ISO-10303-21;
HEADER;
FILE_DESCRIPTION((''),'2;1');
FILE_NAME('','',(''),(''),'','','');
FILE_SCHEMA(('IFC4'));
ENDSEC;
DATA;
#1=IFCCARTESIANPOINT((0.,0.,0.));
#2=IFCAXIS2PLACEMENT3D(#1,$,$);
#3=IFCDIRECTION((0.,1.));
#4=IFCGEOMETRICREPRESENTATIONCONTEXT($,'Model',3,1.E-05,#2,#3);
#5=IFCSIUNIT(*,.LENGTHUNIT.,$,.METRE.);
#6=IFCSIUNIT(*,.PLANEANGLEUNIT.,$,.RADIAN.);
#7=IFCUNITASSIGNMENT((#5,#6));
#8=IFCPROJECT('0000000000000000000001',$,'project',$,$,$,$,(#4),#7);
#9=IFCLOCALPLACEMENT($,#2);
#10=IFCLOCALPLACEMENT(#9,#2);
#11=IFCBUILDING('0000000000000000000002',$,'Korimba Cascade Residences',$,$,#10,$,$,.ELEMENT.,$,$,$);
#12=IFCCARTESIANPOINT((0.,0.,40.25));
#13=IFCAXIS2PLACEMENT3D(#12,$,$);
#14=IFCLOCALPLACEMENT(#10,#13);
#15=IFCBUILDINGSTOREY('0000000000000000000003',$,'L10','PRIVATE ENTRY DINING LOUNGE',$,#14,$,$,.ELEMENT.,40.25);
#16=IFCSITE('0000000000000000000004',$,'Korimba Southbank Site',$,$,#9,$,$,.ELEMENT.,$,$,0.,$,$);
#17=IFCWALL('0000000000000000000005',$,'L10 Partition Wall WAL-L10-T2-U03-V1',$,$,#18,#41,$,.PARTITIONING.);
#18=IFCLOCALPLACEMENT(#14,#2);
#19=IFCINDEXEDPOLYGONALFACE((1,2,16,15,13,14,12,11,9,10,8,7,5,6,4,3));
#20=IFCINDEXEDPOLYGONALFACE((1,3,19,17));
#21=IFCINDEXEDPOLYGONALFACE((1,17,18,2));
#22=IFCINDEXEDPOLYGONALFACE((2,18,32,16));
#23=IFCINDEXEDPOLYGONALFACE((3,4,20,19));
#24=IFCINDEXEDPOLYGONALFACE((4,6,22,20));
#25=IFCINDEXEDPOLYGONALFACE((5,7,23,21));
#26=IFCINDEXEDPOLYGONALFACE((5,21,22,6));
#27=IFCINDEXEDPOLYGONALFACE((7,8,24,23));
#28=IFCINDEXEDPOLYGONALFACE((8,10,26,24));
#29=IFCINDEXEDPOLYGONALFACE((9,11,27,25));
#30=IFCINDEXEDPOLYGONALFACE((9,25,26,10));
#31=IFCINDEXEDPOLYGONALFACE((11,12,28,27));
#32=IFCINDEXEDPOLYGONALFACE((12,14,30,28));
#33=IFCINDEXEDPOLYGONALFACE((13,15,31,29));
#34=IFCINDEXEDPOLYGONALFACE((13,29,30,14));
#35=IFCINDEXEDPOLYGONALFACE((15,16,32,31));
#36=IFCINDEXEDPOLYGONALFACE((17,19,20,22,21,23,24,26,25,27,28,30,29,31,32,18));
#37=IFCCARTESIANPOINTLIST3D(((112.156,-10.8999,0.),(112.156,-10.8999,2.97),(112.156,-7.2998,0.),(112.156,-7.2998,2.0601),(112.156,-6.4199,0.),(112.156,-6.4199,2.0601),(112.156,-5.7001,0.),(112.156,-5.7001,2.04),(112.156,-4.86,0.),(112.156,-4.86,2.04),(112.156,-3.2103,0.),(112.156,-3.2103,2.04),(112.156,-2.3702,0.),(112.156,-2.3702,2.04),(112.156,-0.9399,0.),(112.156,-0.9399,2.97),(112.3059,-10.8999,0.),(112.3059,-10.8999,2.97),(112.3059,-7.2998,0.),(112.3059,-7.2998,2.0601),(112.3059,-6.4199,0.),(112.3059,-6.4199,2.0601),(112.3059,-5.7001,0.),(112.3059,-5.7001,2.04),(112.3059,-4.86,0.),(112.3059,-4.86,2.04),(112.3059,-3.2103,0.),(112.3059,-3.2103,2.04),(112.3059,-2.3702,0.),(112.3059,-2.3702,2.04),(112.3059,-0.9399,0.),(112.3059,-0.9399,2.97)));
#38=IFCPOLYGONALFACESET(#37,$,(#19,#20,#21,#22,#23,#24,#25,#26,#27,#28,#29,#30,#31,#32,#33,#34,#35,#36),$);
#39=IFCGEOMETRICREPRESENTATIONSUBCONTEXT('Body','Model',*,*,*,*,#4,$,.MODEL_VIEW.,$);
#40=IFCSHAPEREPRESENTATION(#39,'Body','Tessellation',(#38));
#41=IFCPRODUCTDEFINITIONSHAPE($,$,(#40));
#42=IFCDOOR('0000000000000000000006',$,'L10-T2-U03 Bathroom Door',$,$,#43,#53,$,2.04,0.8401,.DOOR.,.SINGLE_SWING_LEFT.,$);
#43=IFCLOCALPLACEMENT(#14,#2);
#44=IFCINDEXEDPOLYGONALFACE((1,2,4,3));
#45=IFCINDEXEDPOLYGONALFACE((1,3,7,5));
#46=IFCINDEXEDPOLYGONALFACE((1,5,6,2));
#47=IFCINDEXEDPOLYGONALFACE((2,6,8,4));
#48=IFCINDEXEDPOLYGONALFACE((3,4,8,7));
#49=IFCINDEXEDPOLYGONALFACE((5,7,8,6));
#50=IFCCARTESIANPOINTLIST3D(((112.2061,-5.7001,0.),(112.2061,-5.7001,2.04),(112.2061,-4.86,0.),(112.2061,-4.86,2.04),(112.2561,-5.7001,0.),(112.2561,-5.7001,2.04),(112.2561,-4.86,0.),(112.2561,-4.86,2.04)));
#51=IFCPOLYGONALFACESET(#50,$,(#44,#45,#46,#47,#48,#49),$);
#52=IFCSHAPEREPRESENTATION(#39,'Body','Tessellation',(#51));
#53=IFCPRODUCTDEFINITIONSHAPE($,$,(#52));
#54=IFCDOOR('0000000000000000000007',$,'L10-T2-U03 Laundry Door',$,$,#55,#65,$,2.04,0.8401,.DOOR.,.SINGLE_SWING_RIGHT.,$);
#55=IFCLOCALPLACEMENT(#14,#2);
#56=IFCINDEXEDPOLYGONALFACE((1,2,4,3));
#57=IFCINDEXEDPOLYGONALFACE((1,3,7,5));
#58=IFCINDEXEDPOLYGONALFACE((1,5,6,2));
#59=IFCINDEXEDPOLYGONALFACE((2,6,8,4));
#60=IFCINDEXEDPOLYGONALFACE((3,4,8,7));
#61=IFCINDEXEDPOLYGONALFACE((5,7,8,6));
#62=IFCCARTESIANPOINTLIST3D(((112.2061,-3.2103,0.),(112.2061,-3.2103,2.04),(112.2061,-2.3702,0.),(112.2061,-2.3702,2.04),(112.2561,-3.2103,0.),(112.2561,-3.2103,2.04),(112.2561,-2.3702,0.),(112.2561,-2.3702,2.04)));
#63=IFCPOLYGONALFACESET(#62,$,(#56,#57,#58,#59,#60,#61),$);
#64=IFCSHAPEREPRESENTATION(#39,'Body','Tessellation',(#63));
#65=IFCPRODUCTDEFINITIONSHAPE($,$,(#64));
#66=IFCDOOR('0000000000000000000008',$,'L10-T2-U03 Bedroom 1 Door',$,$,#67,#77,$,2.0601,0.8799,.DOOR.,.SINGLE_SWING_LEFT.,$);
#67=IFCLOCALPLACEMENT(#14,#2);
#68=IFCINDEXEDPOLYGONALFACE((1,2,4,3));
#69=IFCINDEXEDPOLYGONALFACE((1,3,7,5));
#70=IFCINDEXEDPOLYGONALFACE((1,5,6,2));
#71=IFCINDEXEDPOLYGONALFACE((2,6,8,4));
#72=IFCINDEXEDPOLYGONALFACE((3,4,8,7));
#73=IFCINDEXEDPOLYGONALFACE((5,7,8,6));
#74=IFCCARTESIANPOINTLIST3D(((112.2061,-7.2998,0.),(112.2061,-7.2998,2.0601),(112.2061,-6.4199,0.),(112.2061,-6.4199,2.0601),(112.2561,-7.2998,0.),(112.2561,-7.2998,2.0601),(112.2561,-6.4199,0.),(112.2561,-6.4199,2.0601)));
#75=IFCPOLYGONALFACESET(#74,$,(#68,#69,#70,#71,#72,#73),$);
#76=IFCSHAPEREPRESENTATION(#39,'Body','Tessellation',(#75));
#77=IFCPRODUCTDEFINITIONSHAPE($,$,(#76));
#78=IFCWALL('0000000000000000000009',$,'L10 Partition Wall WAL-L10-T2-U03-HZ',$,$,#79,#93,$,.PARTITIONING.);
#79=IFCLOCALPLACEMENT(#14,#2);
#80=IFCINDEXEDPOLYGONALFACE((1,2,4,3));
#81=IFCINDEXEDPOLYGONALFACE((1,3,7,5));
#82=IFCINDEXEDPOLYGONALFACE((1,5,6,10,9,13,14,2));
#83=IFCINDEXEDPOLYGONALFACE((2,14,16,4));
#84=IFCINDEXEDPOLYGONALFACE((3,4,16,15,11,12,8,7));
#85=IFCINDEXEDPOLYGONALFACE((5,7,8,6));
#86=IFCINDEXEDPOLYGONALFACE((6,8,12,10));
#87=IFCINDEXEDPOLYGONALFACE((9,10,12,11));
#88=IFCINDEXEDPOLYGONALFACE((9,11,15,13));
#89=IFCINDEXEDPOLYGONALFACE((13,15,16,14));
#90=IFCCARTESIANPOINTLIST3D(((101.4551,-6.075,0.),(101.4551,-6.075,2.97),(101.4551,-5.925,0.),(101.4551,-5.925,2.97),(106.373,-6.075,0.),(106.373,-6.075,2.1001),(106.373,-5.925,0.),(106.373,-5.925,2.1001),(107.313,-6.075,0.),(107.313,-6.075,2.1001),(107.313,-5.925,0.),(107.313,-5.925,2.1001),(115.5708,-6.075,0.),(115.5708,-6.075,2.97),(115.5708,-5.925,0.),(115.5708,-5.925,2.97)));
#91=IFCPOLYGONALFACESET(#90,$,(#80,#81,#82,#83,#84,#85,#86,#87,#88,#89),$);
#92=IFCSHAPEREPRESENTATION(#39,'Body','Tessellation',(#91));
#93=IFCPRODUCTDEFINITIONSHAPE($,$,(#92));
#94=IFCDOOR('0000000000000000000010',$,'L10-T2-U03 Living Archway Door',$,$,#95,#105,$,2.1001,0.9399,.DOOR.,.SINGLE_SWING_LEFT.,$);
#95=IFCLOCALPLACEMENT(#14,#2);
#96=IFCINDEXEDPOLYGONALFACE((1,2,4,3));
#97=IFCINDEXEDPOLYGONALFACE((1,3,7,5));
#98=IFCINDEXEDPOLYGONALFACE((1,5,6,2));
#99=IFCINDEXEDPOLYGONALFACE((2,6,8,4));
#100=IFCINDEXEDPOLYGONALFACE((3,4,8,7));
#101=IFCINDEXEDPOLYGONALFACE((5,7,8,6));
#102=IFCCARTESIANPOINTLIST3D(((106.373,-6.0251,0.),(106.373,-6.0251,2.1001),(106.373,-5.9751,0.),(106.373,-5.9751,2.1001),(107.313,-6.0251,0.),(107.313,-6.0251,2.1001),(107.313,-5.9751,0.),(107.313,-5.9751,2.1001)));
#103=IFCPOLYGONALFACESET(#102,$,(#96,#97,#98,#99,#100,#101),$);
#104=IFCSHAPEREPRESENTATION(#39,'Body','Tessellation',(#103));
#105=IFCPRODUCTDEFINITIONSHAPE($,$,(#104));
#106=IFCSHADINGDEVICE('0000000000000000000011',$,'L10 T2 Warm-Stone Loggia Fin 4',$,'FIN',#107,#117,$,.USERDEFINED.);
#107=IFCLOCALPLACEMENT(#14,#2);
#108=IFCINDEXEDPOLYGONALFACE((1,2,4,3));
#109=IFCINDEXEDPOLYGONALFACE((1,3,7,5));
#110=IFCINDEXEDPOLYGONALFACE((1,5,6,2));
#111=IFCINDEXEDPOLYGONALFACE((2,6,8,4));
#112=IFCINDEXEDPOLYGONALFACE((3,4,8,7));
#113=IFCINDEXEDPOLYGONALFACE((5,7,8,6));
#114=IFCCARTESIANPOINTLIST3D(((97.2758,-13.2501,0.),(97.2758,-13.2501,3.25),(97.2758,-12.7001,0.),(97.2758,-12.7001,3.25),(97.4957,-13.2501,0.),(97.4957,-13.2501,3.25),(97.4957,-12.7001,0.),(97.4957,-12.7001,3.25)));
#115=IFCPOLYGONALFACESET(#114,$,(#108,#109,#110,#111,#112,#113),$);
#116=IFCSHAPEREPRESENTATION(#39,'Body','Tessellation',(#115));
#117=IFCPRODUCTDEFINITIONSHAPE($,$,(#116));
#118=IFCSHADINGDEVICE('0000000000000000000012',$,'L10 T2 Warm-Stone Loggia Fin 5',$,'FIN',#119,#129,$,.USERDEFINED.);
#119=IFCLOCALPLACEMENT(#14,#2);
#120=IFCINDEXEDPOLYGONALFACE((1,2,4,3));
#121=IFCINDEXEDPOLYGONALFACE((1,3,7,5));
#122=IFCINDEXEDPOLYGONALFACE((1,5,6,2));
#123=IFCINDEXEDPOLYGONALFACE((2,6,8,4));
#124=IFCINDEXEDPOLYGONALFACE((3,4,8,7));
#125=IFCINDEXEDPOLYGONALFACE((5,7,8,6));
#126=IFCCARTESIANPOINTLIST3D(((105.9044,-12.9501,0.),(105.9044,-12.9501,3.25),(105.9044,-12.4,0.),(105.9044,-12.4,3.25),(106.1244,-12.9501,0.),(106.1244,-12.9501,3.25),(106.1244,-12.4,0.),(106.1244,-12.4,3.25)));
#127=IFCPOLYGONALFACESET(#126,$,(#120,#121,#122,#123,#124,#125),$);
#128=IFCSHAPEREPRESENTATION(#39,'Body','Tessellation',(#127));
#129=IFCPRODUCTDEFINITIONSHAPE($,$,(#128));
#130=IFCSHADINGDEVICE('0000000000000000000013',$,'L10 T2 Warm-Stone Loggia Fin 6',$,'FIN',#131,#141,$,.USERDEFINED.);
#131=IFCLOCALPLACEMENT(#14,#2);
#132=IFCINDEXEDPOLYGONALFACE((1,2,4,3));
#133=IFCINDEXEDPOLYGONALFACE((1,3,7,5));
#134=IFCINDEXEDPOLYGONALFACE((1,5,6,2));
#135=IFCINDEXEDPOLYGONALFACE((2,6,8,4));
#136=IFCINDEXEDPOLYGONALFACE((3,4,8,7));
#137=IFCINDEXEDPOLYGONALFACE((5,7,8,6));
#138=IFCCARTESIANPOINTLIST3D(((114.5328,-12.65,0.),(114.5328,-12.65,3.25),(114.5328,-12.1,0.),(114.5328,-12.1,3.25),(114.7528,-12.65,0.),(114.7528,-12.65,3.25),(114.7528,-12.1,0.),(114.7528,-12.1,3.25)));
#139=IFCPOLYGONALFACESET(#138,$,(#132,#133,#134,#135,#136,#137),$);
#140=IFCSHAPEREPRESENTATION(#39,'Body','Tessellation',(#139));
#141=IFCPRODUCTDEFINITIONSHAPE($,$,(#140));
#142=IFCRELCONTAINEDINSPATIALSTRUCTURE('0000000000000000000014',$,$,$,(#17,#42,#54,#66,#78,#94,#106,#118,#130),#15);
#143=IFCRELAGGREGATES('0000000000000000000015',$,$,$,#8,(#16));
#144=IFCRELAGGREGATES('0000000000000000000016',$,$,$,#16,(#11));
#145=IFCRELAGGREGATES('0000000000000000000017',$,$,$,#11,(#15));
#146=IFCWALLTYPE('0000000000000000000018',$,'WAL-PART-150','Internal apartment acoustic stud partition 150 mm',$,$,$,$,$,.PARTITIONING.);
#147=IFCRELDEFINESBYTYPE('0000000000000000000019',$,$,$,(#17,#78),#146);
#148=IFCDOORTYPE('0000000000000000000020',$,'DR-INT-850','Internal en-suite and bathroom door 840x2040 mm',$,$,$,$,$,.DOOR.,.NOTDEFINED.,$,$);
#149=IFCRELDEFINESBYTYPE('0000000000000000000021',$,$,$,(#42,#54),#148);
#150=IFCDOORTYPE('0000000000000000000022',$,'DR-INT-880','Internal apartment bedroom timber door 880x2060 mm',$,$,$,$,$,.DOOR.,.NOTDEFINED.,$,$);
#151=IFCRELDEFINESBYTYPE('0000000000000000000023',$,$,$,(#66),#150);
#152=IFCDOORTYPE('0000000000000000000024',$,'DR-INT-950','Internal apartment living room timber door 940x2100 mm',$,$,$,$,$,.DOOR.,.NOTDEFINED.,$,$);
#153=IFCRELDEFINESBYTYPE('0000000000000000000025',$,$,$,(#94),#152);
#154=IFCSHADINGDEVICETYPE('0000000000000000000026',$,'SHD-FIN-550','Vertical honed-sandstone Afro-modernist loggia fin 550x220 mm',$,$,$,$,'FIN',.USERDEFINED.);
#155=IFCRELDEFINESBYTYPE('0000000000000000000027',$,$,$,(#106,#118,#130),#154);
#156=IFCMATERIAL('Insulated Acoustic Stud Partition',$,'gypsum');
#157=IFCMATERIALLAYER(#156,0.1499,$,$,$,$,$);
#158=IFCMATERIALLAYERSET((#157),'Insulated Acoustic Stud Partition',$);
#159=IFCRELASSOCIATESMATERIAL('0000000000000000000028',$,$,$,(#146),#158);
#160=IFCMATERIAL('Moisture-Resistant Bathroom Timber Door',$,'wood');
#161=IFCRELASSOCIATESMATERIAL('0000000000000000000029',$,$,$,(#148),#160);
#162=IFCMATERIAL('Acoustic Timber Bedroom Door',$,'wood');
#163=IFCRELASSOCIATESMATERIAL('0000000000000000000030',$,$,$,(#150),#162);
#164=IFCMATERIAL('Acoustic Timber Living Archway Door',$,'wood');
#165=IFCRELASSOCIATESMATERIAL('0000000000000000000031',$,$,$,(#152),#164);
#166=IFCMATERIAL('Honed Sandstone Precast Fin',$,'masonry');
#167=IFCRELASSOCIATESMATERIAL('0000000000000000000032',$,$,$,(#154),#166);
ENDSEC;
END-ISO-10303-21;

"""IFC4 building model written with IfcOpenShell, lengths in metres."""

from ifc_helpers import new_model, si_unit, direction, frame, frame_2d, origin, origin_2d, place, context, subcontext, project, spatial, rectangle, extrude, material, layer, layer_set, type_object, element, fill, save


model = new_model("IFC4")

# Units and contexts
model_context = context("Model", 3, precision=1e-05, world=origin(), true_north=direction((0.0, 1.0)))
body_context = subcontext(model_context, "Body", "Model", "MODEL_VIEW")
ifc_project = project(units=[si_unit("LENGTHUNIT", "METRE"), si_unit("PLANEANGLEUNIT", "RADIAN")], contexts=[model_context])

# Site, building, storey
site_placement = place(None, origin())
site = spatial("IfcSite", under=ifc_project, at=site_placement, Name="Korimba Southbank Site", CompositionType="ELEMENT", RefElevation=0.0)
building_placement = place(site_placement, origin())
building = spatial("IfcBuilding", under=site, at=building_placement, Name="Korimba Cascade Residences", CompositionType="ELEMENT")
storey_placement = place(building_placement, frame((0.0, 0.0, 40.25)))
storey = spatial("IfcBuildingStorey", under=building, at=storey_placement, Name="L10", Description="PRIVATE ENTRY DINING LOUNGE", CompositionType="ELEMENT", Elevation=40.25)

# Shared definitions
ifc_material_1 = material(Name="Insulated Acoustic Stud Partition", Category="gypsum")
ifc_layer_1 = layer(ifc_material_1, 0.1499)
ifc_layer_set_1 = layer_set([ifc_layer_1], Name="Insulated Acoustic Stud Partition")
wall_type_1 = type_object("IfcWallType", Name="WAL-PART-150", Description="Internal apartment acoustic stud partition 150 mm", PredefinedType="PARTITIONING", material=ifc_layer_set_1)
ifc_material_2 = material(Name="Moisture-Resistant Bathroom Timber Door", Category="wood")
door_type_1 = type_object("IfcDoorType", Name="DR-INT-850", Description="Internal en-suite and bathroom door 840x2040 mm", OperationType="NOTDEFINED", PredefinedType="DOOR", material=ifc_material_2)
ifc_material_3 = material(Name="Acoustic Timber Bedroom Door", Category="wood")
door_type_2 = type_object("IfcDoorType", Name="DR-INT-880", Description="Internal apartment bedroom timber door 880x2060 mm", OperationType="NOTDEFINED", PredefinedType="DOOR", material=ifc_material_3)

# Wall, openings, doors
wall_1_placement = place(storey_placement, frame((112.231, -10.8999, 0.0), z_axis=(0.0, 0.0, 1.0), x_axis=(0.0, 1.0, 0.0)))
wall_1 = element("IfcWall", 1, at=wall_1_placement, inside=storey, type_object=wall_type_1, Name="L10 Partition Wall WAL-L10-T2-U03-V1", PredefinedType="PARTITIONING", context=body_context, shape_type="SweptSolid", body=[
    extrude(rectangle(XDim=9.96, YDim=0.1499, at=frame_2d((4.98, 0.0))), origin(), (0.0, 0.0, 1.0), 2.97),
])
opening_1_placement = place(wall_1_placement, frame((5.2, 0.0, 0.0)))
opening_1 = element("IfcOpeningElement", 2, at=opening_1_placement, cuts=wall_1, PredefinedType="OPENING", context=body_context, shape_type="SweptSolid", body=[
    extrude(rectangle(XDim=0.8401, YDim=2.04, at=frame_2d((0.4199, 1.02))), frame((0.0, 0.085, 0.0), z_axis=(0.0, -1.0, 0.0), x_axis=(1.0, 0.0, 0.0)), (0.0, 0.0, 1.0), 0.1699),
])
opening_2_placement = place(wall_1_placement, frame((7.6897, 0.0, 0.0)))
opening_2 = element("IfcOpeningElement", 3, at=opening_2_placement, cuts=wall_1, PredefinedType="OPENING", context=body_context, shape_type="SweptSolid", body=[
    extrude(rectangle(XDim=0.8401, YDim=2.04, at=frame_2d((0.4199, 1.02))), frame((0.0, 0.085, 0.0), z_axis=(0.0, -1.0, 0.0), x_axis=(1.0, 0.0, 0.0)), (0.0, 0.0, 1.0), 0.1699),
])
opening_3_placement = place(wall_1_placement, frame((3.6001, 0.0, 0.0)))
opening_3 = element("IfcOpeningElement", 4, at=opening_3_placement, cuts=wall_1, PredefinedType="OPENING", context=body_context, shape_type="SweptSolid", body=[
    extrude(rectangle(XDim=0.8799, YDim=2.0601, at=frame_2d((0.4399, 1.03))), frame((0.0, 0.085, 0.0), z_axis=(0.0, -1.0, 0.0), x_axis=(1.0, 0.0, 0.0)), (0.0, 0.0, 1.0), 0.1699),
])
door_1_placement = place(opening_1_placement, origin())
door_1 = element("IfcDoor", 5, at=door_1_placement, inside=storey, type_object=door_type_1, Name="L10-T2-U03 Bathroom Door", OperationType="SINGLE_SWING_LEFT", OverallHeight=2.04, OverallWidth=0.8401, PredefinedType="DOOR", context=body_context, shape_type="SweptSolid", body=[
    extrude(rectangle(XDim=0.8401, YDim=2.04, at=frame_2d((0.4199, 1.02))), frame((0.0, 0.0249, 0.0), z_axis=(0.0, -1.0, 0.0), x_axis=(1.0, 0.0, 0.0)), (0.0, 0.0, 1.0), 0.05),
])
fill(opening_1, door_1)
door_2_placement = place(opening_2_placement, origin())
door_2 = element("IfcDoor", 6, at=door_2_placement, inside=storey, type_object=door_type_1, Name="L10-T2-U03 Laundry Door", OperationType="SINGLE_SWING_RIGHT", OverallHeight=2.04, OverallWidth=0.8401, PredefinedType="DOOR", context=body_context, shape_type="SweptSolid", body=[
    extrude(rectangle(XDim=0.8401, YDim=2.04, at=frame_2d((0.4199, 1.02))), frame((0.0, 0.0249, 0.0), z_axis=(0.0, -1.0, 0.0), x_axis=(1.0, 0.0, 0.0)), (0.0, 0.0, 1.0), 0.05),
])
fill(opening_2, door_2)
door_3_placement = place(opening_3_placement, origin())
door_3 = element("IfcDoor", 7, at=door_3_placement, inside=storey, type_object=door_type_2, Name="L10-T2-U03 Bedroom 1 Door", OperationType="SINGLE_SWING_LEFT", OverallHeight=2.0601, OverallWidth=0.8799, PredefinedType="DOOR", context=body_context, shape_type="SweptSolid", body=[
    extrude(rectangle(XDim=0.8799, YDim=2.0601, at=frame_2d((0.4399, 1.03))), frame((0.0, 0.0249, 0.0), z_axis=(0.0, -1.0, 0.0), x_axis=(1.0, 0.0, 0.0)), (0.0, 0.0, 1.0), 0.05),
])
fill(opening_3, door_3)

# Wall, opening, door
wall_2_placement = place(storey_placement, frame((101.4551, -6.0, 0.0), z_axis=(0.0, 0.0, 1.0), x_axis=(1.0, 0.0, 0.0)))
wall_2 = element("IfcWall", 8, at=wall_2_placement, inside=storey, type_object=wall_type_1, Name="L10 Partition Wall WAL-L10-T2-U03-HZ", PredefinedType="PARTITIONING", context=body_context, shape_type="SweptSolid", body=[
    extrude(rectangle(XDim=14.1157, YDim=0.1499, at=frame_2d((7.0579, 0.0))), origin(), (0.0, 0.0, 1.0), 2.97),
])
opening_4_placement = place(wall_2_placement, frame((4.918, 0.0, 0.0)))
opening_4 = element("IfcOpeningElement", 9, at=opening_4_placement, cuts=wall_2, PredefinedType="OPENING", context=body_context, shape_type="SweptSolid", body=[
    extrude(rectangle(XDim=0.9399, YDim=2.1001, at=frame_2d((0.47, 1.05))), frame((0.0, 0.085, 0.0), z_axis=(0.0, -1.0, 0.0), x_axis=(1.0, 0.0, 0.0)), (0.0, 0.0, 1.0), 0.1699),
])
ifc_material_4 = material(Name="Acoustic Timber Living Archway Door", Category="wood")
door_type_3 = type_object("IfcDoorType", Name="DR-INT-950", Description="Internal apartment living room timber door 940x2100 mm", OperationType="NOTDEFINED", PredefinedType="DOOR", material=ifc_material_4)
door_4_placement = place(opening_4_placement, origin())
door_4 = element("IfcDoor", 10, at=door_4_placement, inside=storey, type_object=door_type_3, Name="L10-T2-U03 Living Archway Door", OperationType="SINGLE_SWING_LEFT", OverallHeight=2.1001, OverallWidth=0.9399, PredefinedType="DOOR", context=body_context, shape_type="SweptSolid", body=[
    extrude(rectangle(XDim=0.9399, YDim=2.1001, at=frame_2d((0.47, 1.05))), frame((0.0, 0.0249, 0.0), z_axis=(0.0, -1.0, 0.0), x_axis=(1.0, 0.0, 0.0)), (0.0, 0.0, 1.0), 0.05),
])
fill(opening_4, door_4)

# Shading devices
ifc_material_5 = material(Name="Honed Sandstone Precast Fin", Category="masonry")
shading_device_type = type_object("IfcShadingDeviceType", Name="SHD-FIN-550", Description="Vertical honed-sandstone Afro-modernist loggia fin 550x220 mm", ElementType="FIN", PredefinedType="USERDEFINED", material=ifc_material_5)
for number, where, z_axis, x_axis, name in (
    (11, (97.3857, -12.9751, 0.0), (0.0, 0.0, 1.0), (1.0, 0.0, 0.0), "L10 T2 Warm-Stone Loggia Fin 4"),
    (12, (106.0144, -12.675, 0.0), (0.0, 0.0, 1.0), (1.0, 0.0, 0.0), "L10 T2 Warm-Stone Loggia Fin 5"),
    (13, (114.6428, -12.375, 0.0), (0.0, 0.0, 1.0), (1.0, 0.0, 0.0), "L10 T2 Warm-Stone Loggia Fin 6"),
):
    element("IfcShadingDevice", number, at=place(storey_placement, frame(where, z_axis=z_axis, x_axis=x_axis)), inside=storey, type_object=shading_device_type, Name=name, ObjectType="FIN", PredefinedType="USERDEFINED", context=body_context, shape_type="SweptSolid", body=[
        extrude(rectangle(XDim=0.22, YDim=0.55, at=origin_2d()), origin(), (0.0, 0.0, 1.0), 3.25),
    ])

save(model, "model.ifc")
